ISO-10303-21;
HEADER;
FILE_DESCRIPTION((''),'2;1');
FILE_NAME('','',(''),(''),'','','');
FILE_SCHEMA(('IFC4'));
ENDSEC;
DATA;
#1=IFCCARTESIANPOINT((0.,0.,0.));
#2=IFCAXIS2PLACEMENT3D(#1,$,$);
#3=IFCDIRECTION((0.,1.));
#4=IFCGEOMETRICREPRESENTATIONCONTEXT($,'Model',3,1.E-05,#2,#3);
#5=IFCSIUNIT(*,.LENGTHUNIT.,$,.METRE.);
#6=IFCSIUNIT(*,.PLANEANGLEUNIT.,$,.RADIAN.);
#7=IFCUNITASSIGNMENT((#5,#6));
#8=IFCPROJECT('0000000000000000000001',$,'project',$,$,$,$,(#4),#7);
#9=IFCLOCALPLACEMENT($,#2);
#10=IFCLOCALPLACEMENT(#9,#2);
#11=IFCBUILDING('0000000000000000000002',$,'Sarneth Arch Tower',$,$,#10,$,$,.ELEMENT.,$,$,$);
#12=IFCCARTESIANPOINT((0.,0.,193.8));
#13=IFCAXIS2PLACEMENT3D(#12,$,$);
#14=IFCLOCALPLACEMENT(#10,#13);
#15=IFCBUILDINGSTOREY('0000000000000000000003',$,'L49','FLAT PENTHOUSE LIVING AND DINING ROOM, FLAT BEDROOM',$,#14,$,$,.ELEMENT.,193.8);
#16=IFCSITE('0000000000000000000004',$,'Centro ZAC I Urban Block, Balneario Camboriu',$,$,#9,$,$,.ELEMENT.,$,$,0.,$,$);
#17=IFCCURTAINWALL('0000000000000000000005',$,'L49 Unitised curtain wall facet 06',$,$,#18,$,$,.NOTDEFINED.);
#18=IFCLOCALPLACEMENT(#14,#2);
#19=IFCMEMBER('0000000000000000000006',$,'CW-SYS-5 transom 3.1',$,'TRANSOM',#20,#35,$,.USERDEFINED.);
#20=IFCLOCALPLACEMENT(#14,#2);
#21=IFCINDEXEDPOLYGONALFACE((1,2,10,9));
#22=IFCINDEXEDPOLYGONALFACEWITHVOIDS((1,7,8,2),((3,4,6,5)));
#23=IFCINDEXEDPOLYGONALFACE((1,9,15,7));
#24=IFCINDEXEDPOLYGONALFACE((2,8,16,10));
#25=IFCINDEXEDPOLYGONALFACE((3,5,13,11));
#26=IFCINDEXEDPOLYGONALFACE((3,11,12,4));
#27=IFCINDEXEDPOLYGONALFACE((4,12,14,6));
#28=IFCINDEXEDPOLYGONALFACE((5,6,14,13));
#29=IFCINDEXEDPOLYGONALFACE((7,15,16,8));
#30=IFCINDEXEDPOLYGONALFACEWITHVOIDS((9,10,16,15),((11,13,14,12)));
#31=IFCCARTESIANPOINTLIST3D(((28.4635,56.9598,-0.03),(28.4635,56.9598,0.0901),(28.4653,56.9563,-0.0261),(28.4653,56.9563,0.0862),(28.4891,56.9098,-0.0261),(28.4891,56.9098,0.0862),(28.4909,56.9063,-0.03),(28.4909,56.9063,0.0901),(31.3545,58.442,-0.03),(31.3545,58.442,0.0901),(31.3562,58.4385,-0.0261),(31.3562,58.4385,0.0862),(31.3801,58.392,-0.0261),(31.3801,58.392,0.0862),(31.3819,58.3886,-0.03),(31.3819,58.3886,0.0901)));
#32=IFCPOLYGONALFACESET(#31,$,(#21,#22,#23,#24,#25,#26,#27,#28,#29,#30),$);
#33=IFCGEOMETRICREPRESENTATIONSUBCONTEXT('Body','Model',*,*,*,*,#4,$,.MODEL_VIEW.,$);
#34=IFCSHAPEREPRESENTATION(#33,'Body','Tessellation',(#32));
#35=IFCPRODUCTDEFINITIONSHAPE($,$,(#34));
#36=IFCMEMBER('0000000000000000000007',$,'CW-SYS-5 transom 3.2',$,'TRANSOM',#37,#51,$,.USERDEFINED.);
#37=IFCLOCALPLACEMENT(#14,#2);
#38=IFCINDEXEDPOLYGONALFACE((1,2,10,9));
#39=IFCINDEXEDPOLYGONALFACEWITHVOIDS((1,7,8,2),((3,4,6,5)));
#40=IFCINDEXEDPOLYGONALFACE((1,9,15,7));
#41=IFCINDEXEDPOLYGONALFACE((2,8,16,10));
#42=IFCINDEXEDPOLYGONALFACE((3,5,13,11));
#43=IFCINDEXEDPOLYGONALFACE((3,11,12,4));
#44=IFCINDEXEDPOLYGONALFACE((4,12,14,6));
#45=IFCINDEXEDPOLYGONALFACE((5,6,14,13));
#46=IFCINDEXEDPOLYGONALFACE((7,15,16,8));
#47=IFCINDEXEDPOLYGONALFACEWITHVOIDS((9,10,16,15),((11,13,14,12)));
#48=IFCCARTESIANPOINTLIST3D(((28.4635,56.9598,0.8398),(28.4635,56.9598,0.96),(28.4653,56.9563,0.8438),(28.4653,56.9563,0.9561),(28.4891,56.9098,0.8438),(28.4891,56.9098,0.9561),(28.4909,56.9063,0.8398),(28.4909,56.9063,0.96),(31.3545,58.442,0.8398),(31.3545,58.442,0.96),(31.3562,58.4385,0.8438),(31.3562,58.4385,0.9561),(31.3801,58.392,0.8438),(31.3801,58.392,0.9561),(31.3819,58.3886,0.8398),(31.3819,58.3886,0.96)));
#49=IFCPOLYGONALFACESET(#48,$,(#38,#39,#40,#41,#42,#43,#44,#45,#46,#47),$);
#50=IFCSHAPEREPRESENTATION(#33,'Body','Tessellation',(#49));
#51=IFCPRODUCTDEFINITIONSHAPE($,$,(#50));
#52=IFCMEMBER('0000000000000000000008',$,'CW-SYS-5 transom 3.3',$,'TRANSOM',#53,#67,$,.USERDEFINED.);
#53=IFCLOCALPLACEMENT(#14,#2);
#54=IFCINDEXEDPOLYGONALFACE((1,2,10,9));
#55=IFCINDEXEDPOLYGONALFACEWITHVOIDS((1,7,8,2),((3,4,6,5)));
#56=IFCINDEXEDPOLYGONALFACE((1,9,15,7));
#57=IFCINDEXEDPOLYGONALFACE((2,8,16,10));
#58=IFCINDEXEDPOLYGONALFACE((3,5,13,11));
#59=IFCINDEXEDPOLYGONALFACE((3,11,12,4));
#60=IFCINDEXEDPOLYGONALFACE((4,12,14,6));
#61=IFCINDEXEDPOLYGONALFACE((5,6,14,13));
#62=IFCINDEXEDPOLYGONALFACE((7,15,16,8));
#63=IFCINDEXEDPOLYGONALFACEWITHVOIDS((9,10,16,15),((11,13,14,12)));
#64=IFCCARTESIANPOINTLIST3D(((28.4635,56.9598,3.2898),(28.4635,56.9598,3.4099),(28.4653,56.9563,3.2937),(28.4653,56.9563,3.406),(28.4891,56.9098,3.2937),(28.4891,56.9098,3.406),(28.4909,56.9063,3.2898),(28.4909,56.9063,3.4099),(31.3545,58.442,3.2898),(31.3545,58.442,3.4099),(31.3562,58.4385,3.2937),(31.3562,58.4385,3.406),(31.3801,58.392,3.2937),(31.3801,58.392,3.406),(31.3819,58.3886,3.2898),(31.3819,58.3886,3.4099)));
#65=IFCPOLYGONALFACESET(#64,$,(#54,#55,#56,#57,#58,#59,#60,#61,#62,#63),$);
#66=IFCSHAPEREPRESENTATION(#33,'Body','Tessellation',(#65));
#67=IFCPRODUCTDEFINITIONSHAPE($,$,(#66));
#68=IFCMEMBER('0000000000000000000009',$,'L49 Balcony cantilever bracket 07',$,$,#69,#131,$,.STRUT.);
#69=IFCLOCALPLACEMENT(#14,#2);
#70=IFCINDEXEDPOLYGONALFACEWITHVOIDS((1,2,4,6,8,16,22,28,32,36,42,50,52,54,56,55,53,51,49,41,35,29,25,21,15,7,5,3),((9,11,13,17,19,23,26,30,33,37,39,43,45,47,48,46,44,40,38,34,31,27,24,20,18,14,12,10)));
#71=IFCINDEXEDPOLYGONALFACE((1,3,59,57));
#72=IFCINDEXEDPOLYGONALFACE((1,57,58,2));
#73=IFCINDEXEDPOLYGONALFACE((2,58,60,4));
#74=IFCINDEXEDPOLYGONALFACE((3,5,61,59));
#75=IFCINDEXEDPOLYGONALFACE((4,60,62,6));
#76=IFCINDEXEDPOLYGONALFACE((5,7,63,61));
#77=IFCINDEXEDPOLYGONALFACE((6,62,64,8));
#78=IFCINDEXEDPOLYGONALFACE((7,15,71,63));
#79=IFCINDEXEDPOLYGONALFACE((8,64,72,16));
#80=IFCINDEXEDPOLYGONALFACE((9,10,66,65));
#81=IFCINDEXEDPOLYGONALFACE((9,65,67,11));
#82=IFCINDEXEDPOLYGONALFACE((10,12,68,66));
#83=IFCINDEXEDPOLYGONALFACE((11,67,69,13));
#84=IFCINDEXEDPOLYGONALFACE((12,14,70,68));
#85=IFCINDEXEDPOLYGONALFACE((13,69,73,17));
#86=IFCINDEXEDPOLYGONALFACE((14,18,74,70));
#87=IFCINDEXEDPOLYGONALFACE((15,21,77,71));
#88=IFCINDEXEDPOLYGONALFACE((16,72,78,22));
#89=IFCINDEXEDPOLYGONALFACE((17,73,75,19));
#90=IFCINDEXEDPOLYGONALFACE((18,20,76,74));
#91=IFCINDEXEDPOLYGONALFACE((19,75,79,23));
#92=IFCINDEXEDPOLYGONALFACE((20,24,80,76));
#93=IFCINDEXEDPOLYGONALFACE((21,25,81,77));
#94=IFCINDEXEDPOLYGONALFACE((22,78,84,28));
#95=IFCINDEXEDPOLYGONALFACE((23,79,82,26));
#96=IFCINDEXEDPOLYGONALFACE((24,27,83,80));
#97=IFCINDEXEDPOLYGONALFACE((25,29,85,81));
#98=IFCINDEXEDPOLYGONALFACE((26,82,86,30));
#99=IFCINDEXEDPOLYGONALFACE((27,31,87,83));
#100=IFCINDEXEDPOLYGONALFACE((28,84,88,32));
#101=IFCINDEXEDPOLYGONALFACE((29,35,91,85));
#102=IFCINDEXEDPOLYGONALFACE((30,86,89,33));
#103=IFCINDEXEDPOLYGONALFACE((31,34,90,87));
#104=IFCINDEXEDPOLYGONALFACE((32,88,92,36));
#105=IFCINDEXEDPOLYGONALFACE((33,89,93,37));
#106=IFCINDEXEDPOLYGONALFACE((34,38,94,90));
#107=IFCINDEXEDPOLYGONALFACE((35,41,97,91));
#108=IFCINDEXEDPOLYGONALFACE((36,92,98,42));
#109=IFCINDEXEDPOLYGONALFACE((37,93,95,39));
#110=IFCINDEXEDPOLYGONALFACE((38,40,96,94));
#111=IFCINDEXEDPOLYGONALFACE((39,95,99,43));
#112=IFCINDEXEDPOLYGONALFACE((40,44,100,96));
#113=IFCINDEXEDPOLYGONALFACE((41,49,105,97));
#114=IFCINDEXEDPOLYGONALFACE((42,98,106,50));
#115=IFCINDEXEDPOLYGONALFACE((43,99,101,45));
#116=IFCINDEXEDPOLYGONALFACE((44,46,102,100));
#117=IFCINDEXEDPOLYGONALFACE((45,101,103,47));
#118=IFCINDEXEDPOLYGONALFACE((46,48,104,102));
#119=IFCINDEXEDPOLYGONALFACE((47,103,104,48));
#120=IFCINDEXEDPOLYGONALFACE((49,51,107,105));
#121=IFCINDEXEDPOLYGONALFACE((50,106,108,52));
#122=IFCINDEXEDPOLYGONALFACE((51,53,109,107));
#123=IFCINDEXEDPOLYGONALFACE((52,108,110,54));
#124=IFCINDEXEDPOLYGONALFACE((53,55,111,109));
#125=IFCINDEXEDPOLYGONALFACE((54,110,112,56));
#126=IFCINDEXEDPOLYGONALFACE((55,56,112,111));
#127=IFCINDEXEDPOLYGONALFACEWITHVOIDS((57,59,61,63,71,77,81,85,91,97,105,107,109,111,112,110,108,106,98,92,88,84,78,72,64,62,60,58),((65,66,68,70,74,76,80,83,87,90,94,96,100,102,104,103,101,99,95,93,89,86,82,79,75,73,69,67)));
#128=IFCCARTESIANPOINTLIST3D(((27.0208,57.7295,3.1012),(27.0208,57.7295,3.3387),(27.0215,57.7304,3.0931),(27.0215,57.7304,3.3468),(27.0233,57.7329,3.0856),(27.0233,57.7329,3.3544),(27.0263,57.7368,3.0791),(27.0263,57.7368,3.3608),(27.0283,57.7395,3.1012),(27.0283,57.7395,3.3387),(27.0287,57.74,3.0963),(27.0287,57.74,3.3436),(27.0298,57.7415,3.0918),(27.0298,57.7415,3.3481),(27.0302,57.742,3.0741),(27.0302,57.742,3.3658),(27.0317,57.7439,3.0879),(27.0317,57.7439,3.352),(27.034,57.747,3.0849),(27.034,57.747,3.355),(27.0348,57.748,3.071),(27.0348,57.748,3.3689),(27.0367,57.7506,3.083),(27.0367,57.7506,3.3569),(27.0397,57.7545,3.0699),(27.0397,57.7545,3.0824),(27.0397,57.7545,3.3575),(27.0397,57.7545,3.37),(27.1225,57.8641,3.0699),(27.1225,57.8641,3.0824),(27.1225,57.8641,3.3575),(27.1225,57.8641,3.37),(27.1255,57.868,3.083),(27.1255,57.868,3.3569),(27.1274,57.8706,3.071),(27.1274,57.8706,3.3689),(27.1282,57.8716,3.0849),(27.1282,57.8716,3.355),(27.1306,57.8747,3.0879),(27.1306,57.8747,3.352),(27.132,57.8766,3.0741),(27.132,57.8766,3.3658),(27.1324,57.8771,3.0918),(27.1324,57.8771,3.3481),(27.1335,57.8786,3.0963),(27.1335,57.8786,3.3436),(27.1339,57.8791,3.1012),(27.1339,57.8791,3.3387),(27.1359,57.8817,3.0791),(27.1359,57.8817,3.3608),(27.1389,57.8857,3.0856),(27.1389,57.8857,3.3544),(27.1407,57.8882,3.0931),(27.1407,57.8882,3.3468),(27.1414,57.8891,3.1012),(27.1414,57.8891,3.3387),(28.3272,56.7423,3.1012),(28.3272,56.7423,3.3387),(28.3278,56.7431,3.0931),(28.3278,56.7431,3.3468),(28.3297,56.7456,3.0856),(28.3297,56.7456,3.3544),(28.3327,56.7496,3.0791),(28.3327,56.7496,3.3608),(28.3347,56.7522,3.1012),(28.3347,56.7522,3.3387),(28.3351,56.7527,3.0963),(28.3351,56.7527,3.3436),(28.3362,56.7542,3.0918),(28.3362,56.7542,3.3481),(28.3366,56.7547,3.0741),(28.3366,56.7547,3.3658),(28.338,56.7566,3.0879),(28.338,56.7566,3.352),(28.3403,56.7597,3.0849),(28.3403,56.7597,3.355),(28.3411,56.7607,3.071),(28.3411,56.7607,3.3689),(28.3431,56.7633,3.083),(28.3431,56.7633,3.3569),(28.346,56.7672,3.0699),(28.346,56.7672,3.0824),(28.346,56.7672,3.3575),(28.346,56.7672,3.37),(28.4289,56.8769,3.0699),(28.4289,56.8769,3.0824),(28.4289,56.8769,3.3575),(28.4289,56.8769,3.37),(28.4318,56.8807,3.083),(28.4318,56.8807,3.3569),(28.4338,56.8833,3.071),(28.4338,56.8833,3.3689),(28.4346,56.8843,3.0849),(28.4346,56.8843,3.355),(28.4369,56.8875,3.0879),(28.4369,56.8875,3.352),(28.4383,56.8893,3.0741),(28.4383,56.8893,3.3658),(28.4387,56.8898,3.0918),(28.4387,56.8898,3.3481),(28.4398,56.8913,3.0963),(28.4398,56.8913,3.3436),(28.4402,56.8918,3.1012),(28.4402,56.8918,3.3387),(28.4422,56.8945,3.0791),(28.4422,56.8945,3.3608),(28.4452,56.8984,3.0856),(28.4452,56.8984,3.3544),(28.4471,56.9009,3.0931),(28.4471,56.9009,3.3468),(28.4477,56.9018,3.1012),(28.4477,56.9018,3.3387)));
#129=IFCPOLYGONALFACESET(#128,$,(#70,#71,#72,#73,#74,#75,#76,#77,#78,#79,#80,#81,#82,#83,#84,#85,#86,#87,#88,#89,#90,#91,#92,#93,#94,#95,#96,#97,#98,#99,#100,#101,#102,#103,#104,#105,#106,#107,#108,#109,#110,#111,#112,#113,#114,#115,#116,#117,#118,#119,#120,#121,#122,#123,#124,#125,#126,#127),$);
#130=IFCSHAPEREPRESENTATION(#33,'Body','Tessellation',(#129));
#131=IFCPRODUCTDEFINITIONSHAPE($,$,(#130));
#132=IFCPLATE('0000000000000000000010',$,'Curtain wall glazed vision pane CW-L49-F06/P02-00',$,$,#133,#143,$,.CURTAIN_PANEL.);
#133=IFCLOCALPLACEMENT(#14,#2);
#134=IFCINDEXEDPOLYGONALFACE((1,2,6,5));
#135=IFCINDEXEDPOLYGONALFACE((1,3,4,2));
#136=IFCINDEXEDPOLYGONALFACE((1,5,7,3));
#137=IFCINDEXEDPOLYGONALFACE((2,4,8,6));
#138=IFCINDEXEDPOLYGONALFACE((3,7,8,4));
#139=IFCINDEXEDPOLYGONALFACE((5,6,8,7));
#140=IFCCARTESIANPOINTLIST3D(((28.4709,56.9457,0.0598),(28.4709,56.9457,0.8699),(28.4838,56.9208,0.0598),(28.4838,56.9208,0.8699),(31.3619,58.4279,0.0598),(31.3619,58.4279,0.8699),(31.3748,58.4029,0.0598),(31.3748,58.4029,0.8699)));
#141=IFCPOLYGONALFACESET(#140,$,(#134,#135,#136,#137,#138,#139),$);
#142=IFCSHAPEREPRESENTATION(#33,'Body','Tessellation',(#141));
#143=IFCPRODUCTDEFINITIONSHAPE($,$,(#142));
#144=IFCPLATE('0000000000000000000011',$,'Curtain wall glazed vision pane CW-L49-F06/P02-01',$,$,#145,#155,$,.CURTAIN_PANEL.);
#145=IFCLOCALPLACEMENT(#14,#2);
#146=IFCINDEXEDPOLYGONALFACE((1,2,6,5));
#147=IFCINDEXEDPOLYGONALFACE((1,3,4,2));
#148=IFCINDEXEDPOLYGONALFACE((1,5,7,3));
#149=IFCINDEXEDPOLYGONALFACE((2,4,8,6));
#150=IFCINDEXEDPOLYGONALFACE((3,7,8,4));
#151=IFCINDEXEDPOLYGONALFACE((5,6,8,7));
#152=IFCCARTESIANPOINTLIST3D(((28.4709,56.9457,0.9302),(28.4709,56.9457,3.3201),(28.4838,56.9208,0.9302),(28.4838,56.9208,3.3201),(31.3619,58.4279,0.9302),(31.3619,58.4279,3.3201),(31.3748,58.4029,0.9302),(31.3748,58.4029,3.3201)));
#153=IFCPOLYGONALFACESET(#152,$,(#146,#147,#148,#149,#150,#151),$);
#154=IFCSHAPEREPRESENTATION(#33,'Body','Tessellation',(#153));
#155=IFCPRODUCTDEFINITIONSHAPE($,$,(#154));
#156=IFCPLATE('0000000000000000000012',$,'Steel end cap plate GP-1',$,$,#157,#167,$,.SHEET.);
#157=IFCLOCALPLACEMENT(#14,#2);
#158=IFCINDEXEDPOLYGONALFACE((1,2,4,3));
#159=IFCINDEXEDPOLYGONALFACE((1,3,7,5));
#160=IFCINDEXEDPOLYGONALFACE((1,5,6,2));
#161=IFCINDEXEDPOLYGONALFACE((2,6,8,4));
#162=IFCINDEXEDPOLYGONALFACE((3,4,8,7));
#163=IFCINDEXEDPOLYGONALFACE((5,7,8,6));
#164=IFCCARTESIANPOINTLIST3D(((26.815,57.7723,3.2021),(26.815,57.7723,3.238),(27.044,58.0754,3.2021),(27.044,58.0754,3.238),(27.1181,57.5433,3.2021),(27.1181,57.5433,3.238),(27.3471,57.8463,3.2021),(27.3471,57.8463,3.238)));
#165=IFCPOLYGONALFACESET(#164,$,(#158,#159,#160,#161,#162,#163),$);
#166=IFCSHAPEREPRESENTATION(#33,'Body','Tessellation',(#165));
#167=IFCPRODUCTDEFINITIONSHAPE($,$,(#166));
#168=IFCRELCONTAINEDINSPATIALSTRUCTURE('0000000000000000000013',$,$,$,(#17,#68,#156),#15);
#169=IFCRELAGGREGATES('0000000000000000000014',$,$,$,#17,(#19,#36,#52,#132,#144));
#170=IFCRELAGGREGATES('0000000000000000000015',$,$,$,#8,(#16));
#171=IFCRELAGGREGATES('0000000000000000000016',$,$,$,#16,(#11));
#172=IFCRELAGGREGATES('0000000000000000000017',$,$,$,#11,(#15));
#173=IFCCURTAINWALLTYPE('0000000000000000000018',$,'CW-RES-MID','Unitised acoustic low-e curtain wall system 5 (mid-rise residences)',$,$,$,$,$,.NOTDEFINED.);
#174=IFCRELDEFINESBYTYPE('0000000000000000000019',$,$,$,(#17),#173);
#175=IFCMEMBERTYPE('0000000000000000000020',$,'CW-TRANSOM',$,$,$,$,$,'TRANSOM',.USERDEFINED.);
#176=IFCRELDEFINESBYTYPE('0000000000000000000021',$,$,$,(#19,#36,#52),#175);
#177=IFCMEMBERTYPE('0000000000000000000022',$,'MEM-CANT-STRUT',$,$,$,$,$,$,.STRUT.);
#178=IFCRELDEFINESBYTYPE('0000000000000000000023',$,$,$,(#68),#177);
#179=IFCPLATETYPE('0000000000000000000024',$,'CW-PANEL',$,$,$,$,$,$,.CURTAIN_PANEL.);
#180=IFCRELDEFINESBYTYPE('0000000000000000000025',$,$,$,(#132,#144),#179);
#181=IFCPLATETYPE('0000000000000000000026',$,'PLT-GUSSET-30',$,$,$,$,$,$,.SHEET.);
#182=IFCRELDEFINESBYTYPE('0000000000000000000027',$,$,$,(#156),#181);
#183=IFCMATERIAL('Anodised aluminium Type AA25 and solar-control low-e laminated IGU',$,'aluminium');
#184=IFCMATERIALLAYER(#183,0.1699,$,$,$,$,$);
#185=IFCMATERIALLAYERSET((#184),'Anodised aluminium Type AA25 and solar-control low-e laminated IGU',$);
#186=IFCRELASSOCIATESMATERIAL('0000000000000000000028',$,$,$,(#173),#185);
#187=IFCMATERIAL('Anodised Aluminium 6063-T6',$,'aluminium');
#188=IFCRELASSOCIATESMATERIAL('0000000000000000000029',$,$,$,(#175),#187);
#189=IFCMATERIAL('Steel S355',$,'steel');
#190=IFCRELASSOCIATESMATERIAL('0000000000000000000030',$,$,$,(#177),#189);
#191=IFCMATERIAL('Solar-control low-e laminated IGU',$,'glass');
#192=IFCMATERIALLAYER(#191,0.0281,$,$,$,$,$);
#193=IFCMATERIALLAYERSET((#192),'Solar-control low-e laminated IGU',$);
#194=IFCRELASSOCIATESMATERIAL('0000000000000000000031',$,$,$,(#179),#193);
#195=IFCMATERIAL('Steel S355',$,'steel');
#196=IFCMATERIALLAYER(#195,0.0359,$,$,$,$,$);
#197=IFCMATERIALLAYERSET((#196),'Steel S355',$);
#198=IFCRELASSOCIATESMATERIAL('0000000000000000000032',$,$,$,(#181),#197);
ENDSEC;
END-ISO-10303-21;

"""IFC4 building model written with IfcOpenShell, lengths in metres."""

from ifc_helpers import new_model, si_unit, direction, frame, origin, origin_2d, place, context, subcontext, project, spatial, rectangle, hollow_rectangle, extrude, material, layer, layer_set, material_profile, profile_set, type_object, element, aggregate, save


model = new_model("IFC4")

# Units and contexts
model_context = context("Model", 3, precision=1e-05, world=origin(), true_north=direction((0.0, 1.0)))
body_context = subcontext(model_context, "Body", "Model", "MODEL_VIEW")
ifc_project = project(units=[si_unit("LENGTHUNIT", "METRE"), si_unit("PLANEANGLEUNIT", "RADIAN")], contexts=[model_context])

# Site, building, storey
site_placement = place(None, origin())
site = spatial("IfcSite", under=ifc_project, at=site_placement, Name="Centro ZAC I Urban Block, Balneario Camboriu", CompositionType="ELEMENT", RefElevation=0.0)
building_placement = place(site_placement, origin())
building = spatial("IfcBuilding", under=site, at=building_placement, Name="Sarneth Arch Tower", CompositionType="ELEMENT")
storey_placement = place(building_placement, frame((0.0, 0.0, 193.8)))
storey = spatial("IfcBuildingStorey", under=building, at=storey_placement, Name="L49", Description="FLAT PENTHOUSE LIVING AND DINING ROOM, FLAT BEDROOM", CompositionType="ELEMENT", Elevation=193.8)

# Curtain wall, members
ifc_material_1 = material(Name="Anodised aluminium Type AA25 and solar-control low-e laminated IGU", Category="aluminium")
ifc_layer_1 = layer(ifc_material_1, 0.1699)
ifc_layer_set_1 = layer_set([ifc_layer_1], Name="Anodised aluminium Type AA25 and solar-control low-e laminated IGU")
curtain_wall_type = type_object("IfcCurtainWallType", Name="CW-RES-MID", Description="Unitised acoustic low-e curtain wall system 5 (mid-rise residences)", PredefinedType="NOTDEFINED", material=ifc_layer_set_1)
curtain_wall_placement = place(storey_placement, origin())
curtain_wall = element("IfcCurtainWall", 1, at=curtain_wall_placement, inside=storey, type_object=curtain_wall_type, Name="L49 Unitised curtain wall facet 06", PredefinedType="NOTDEFINED")
ifc_material_2 = material(Name="Anodised Aluminium 6063-T6", Category="aluminium")
ifc_material_profile_1 = material_profile(ifc_material_2, hollow_rectangle(XDim=0.0601, YDim=0.1201, WallThickness=0.0039, at=origin_2d()), Name="AL-TRAN-120x60x4")
ifc_profile_set_1 = profile_set([ifc_material_profile_1], Name="Anodised Aluminium 6063-T6")
member_type_1 = type_object("IfcMemberType", Name="CW-TRANSOM", ElementType="TRANSOM", PredefinedType="USERDEFINED", material=ifc_profile_set_1)
member_1_placement = place(storey_placement, frame((31.3682, 58.4153, 0.03), z_axis=(-0.889857, -0.456239, 0.0), x_axis=(0.456239, -0.889857, 0.0)))
member_1 = element("IfcMember", 2, at=member_1_placement, type_object=member_type_1, Name="CW-SYS-5 transom 3.1", ObjectType="TRANSOM", PredefinedType="USERDEFINED", context=body_context, shape_type="SweptSolid", body=[
    extrude(hollow_rectangle(XDim=0.0601, YDim=0.1201, WallThickness=0.0039, at=origin_2d()), origin(), (0.0, 0.0, 1.0), 3.2488),
])
member_2_placement = place(storey_placement, frame((31.3682, 58.4153, 0.8999), z_axis=(-0.889857, -0.456239, 0.0), x_axis=(0.456239, -0.889857, 0.0)))
member_2 = element("IfcMember", 3, at=member_2_placement, type_object=member_type_1, Name="CW-SYS-5 transom 3.2", ObjectType="TRANSOM", PredefinedType="USERDEFINED", context=body_context, shape_type="SweptSolid", body=[
    extrude(hollow_rectangle(XDim=0.0601, YDim=0.1201, WallThickness=0.0039, at=origin_2d()), origin(), (0.0, 0.0, 1.0), 3.2488),
])
member_3_placement = place(storey_placement, frame((31.3682, 58.4153, 3.3499), z_axis=(-0.889857, -0.456239, 0.0), x_axis=(0.456239, -0.889857, 0.0)))
member_3 = element("IfcMember", 4, at=member_3_placement, type_object=member_type_1, Name="CW-SYS-5 transom 3.3", ObjectType="TRANSOM", PredefinedType="USERDEFINED", context=body_context, shape_type="SweptSolid", body=[
    extrude(hollow_rectangle(XDim=0.0601, YDim=0.1201, WallThickness=0.0039, at=origin_2d()), origin(), (0.0, 0.0, 1.0), 3.2488),
])

# Member
ifc_material_3 = material(Name="Steel S355", Category="steel")
ifc_material_profile_2 = material_profile(ifc_material_3, hollow_rectangle(XDim=0.2, YDim=0.3, WallThickness=0.0125, InnerFilletRadius=0.0188, OuterFilletRadius=0.0312, at=origin_2d()), Name="RHS300x200x12.5")
ifc_profile_set_2 = profile_set([ifc_material_profile_2], Name="Steel S355")
member_type_2 = type_object("IfcMemberType", Name="MEM-CANT-STRUT", PredefinedType="STRUT", material=ifc_profile_set_2)
member_4_placement = place(storey_placement, frame((28.3875, 56.822, 3.22), z_axis=(-0.797794, 0.60293, 0.0), x_axis=(-0.60293, -0.797794, 0.0)))
element("IfcMember", 5, at=member_4_placement, inside=storey, type_object=member_type_2, Name="L49 Balcony cantilever bracket 07", PredefinedType="STRUT", context=body_context, shape_type="SweptSolid", body=[
    extrude(hollow_rectangle(XDim=0.2, YDim=0.3, WallThickness=0.0125, InnerFilletRadius=0.0188, OuterFilletRadius=0.0312, at=origin_2d()), origin(), (0.0, 0.0, 1.0), 1.6375),
])

# Plates
ifc_material_4 = material(Name="Solar-control low-e laminated IGU", Category="glass")
ifc_layer_2 = layer(ifc_material_4, 0.0281)
ifc_layer_set_2 = layer_set([ifc_layer_2], Name="Solar-control low-e laminated IGU")
plate_type_1 = type_object("IfcPlateType", Name="CW-PANEL", PredefinedType="CURTAIN_PANEL", material=ifc_layer_set_2)
plate_1_placement = place(storey_placement, frame((29.9229, 57.6743, 0.0598), z_axis=(0.0, 0.0, 1.0), x_axis=(-0.889873, -0.456208, 0.0)))
plate_1 = element("IfcPlate", 6, at=plate_1_placement, type_object=plate_type_1, Name="Curtain wall glazed vision pane CW-L49-F06/P02-00", PredefinedType="CURTAIN_PANEL", context=body_context, shape_type="SweptSolid", body=[
    extrude(rectangle(XDim=3.2488, YDim=0.0281, at=origin_2d()), origin(), (0.0, 0.0, 1.0), 0.8101),
])
plate_2_placement = place(storey_placement, frame((29.9229, 57.6743, 0.9302), z_axis=(0.0, 0.0, 1.0), x_axis=(-0.889873, -0.456208, 0.0)))
plate_2 = element("IfcPlate", 7, at=plate_2_placement, type_object=plate_type_1, Name="Curtain wall glazed vision pane CW-L49-F06/P02-01", PredefinedType="CURTAIN_PANEL", context=body_context, shape_type="SweptSolid", body=[
    extrude(rectangle(XDim=3.2488, YDim=0.0281, at=origin_2d()), origin(), (0.0, 0.0, 1.0), 2.3899),
])
aggregate(curtain_wall, [member_1, member_2, member_3, plate_1, plate_2])
ifc_material_5 = material(Name="Steel S355", Category="steel")
ifc_layer_3 = layer(ifc_material_5, 0.0359)
ifc_layer_set_3 = layer_set([ifc_layer_3], Name="Steel S355")
plate_type_2 = type_object("IfcPlateType", Name="PLT-GUSSET-30", PredefinedType="SHEET", material=ifc_layer_set_3)
plate_3_placement = place(storey_placement, frame((27.0811, 57.8093, 3.2021), z_axis=(0.0, 0.0, 1.0), x_axis=(-0.797794, 0.60293, 0.0)))
element("IfcPlate", 8, at=plate_3_placement, inside=storey, type_object=plate_type_2, Name="Steel end cap plate GP-1", PredefinedType="SHEET", context=body_context, shape_type="SweptSolid", body=[
    extrude(rectangle(XDim=0.3799, YDim=0.3799, at=origin_2d()), origin(), (0.0, 0.0, 1.0), 0.0359),
])

save(model, "model.ifc")
